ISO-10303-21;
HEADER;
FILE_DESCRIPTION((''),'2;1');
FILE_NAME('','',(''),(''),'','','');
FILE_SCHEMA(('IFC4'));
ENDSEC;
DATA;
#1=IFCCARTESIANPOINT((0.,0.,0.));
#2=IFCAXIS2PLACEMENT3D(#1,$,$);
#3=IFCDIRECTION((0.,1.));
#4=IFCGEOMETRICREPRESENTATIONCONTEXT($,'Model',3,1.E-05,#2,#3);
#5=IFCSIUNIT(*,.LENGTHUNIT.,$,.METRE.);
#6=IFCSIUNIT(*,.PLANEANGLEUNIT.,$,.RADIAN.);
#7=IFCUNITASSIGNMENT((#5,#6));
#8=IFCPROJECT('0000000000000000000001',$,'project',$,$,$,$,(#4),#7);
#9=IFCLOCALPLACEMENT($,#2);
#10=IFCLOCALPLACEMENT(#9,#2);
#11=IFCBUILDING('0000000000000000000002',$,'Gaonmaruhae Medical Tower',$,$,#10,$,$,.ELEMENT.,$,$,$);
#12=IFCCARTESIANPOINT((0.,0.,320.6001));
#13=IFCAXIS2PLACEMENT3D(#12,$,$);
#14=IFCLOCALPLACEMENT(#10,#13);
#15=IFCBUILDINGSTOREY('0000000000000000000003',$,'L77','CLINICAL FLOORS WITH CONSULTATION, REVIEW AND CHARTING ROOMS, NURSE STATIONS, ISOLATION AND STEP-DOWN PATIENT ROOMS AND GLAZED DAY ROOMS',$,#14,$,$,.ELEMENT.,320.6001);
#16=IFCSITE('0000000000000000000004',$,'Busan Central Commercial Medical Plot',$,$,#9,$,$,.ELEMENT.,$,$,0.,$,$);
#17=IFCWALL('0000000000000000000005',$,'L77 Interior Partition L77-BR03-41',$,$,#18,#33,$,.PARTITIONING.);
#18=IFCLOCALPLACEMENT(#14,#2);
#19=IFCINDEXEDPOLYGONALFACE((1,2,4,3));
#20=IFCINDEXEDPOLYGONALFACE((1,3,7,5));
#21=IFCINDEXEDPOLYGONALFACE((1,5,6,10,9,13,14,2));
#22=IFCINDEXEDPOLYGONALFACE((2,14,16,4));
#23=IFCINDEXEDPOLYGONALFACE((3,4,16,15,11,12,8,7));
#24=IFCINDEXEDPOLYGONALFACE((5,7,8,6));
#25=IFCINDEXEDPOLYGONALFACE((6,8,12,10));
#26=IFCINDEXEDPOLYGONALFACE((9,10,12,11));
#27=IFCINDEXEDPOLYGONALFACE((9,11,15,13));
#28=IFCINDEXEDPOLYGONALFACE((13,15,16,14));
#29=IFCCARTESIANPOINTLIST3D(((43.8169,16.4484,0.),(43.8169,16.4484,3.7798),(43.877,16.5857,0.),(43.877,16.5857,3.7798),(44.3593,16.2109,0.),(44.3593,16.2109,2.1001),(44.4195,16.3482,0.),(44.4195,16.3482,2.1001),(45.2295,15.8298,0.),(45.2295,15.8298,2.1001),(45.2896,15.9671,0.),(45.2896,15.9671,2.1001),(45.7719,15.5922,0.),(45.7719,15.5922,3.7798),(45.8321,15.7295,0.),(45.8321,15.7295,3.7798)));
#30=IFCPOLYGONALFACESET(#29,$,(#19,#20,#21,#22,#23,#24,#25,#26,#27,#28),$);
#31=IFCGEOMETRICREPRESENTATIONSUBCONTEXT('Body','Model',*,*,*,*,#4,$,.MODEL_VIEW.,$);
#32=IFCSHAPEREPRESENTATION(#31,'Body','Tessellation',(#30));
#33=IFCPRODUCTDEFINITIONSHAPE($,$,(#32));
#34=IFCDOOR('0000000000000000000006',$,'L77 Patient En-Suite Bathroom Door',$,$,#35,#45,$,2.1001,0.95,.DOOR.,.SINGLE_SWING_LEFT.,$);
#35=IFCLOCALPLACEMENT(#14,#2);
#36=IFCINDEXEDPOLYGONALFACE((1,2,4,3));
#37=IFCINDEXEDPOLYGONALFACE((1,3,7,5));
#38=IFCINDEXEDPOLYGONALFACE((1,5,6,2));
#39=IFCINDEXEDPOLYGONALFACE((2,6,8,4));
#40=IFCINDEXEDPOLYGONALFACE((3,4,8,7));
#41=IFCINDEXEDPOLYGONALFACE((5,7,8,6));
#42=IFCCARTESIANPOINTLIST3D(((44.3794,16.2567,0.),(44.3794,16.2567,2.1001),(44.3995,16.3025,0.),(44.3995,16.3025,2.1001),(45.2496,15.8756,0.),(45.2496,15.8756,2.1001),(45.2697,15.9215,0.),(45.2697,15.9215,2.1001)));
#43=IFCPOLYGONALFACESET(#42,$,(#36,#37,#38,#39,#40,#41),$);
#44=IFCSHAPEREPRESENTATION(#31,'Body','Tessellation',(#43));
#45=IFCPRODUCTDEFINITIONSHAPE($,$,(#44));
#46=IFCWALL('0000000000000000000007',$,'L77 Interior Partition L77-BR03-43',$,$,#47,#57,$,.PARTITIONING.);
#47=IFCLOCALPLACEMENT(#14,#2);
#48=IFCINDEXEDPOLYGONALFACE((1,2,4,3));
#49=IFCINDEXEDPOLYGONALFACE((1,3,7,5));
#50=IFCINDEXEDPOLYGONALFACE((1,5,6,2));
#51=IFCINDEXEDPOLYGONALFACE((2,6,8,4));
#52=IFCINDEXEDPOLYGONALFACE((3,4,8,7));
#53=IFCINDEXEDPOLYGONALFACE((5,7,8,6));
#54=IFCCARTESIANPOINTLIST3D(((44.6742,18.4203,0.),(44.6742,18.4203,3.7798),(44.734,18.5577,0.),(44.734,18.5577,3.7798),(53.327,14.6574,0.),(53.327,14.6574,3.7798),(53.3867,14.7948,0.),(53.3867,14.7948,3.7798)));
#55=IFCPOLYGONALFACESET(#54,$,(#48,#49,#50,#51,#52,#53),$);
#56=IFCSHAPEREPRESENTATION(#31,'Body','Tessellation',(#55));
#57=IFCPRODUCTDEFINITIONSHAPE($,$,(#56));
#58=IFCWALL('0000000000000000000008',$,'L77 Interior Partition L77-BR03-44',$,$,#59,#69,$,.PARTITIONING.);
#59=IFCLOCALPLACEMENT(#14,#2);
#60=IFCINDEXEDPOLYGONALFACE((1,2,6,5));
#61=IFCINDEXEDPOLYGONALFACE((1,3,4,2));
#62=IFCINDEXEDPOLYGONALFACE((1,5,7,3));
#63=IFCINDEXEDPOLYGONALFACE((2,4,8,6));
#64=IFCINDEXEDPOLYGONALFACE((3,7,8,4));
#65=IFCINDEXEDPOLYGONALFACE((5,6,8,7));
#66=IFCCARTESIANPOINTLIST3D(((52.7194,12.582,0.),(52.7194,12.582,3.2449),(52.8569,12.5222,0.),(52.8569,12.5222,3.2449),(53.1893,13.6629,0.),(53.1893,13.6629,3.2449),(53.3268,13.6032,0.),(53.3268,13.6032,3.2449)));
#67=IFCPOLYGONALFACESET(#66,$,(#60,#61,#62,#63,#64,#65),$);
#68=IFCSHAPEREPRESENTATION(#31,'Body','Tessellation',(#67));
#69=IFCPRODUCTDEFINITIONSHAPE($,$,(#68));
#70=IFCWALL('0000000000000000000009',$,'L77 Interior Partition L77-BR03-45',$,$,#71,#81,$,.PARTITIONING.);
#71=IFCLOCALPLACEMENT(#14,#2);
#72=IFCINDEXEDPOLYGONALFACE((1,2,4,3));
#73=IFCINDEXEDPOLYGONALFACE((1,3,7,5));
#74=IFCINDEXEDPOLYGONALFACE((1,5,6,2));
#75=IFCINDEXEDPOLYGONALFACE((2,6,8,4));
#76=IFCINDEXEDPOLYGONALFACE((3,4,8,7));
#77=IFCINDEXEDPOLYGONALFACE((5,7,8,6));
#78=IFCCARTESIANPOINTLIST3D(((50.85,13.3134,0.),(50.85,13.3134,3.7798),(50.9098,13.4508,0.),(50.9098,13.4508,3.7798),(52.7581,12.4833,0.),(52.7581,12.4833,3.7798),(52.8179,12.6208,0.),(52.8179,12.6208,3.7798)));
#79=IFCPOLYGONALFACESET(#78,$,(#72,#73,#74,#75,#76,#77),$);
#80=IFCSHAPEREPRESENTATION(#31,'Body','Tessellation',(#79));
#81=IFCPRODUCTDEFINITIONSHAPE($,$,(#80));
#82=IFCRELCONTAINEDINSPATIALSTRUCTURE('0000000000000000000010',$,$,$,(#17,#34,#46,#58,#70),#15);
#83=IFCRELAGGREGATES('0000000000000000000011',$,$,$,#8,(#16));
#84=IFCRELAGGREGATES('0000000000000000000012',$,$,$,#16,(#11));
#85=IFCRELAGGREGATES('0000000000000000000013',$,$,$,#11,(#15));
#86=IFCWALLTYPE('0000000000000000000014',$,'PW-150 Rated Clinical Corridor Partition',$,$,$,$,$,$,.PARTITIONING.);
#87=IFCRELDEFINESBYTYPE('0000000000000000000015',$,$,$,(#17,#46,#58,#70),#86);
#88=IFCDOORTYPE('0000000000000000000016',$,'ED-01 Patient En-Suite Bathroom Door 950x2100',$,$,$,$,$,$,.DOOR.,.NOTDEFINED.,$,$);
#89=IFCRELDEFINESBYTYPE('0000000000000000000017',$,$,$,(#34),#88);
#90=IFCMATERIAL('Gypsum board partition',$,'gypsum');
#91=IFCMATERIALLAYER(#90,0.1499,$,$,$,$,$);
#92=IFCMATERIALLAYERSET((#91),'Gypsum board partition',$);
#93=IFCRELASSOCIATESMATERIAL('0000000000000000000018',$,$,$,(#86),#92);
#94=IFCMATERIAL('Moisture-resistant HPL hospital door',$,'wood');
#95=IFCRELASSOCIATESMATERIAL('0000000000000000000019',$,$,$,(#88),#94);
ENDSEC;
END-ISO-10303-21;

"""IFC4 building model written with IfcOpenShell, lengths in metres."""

from ifc_helpers import new_model, si_unit, direction, frame, frame_2d, origin, place, context, subcontext, project, spatial, rectangle, extrude, material, layer, layer_set, type_object, element, fill, save


model = new_model("IFC4")

# Units and contexts
model_context = context("Model", 3, precision=1e-05, world=origin(), true_north=direction((0.0, 1.0)))
body_context = subcontext(model_context, "Body", "Model", "MODEL_VIEW")
ifc_project = project(units=[si_unit("LENGTHUNIT", "METRE"), si_unit("PLANEANGLEUNIT", "RADIAN")], contexts=[model_context])

# Site, building, storey
site_placement = place(None, origin())
site = spatial("IfcSite", under=ifc_project, at=site_placement, Name="Busan Central Commercial Medical Plot", CompositionType="ELEMENT", RefElevation=0.0)
building_placement = place(site_placement, origin())
building = spatial("IfcBuilding", under=site, at=building_placement, Name="Gaonmaruhae Medical Tower", CompositionType="ELEMENT")
storey_placement = place(building_placement, frame((0.0, 0.0, 320.6001)))
storey = spatial("IfcBuildingStorey", under=building, at=storey_placement, Name="L77", Description="CLINICAL FLOORS WITH CONSULTATION, REVIEW AND CHARTING ROOMS, NURSE STATIONS, ISOLATION AND STEP-DOWN PATIENT ROOMS AND GLAZED DAY ROOMS", CompositionType="ELEMENT", Elevation=320.6001)

# Shared definitions
ifc_material_1 = material(Name="Gypsum board partition", Category="gypsum")
ifc_layer_1 = layer(ifc_material_1, 0.1499)
ifc_layer_set_1 = layer_set([ifc_layer_1], Name="Gypsum board partition")
wall_type_1 = type_object("IfcWallType", Name="PW-150 Rated Clinical Corridor Partition", PredefinedType="PARTITIONING", material=ifc_layer_set_1)

# Wall, opening, door
wall_1_placement = place(storey_placement, frame((45.802, 15.6609, 0.0), z_axis=(0.0, 0.0, 1.0), x_axis=(-0.91601, 0.401155, 0.0)))
wall_1 = element("IfcWall", 1, at=wall_1_placement, inside=storey, type_object=wall_type_1, Name="L77 Interior Partition L77-BR03-41", PredefinedType="PARTITIONING", context=body_context, shape_type="SweptSolid", body=[
    extrude(rectangle(XDim=2.1343, YDim=0.1499, at=frame_2d((1.0671, 0.0))), origin(), (0.0, 0.0, 1.0), 3.7798),
])
opening_1_placement = place(wall_1_placement, frame((0.592, 0.0, 0.0)))
opening_1 = element("IfcOpeningElement", 2, at=opening_1_placement, cuts=wall_1, PredefinedType="OPENING", context=body_context, shape_type="SweptSolid", body=[
    extrude(rectangle(XDim=0.95, YDim=2.1001, at=frame_2d((0.4751, 1.05))), frame((0.0, 0.085, 0.0), z_axis=(0.0, -1.0, 0.0), x_axis=(1.0, 0.0, 0.0)), (0.0, 0.0, 1.0), 0.1699),
])
ifc_material_2 = material(Name="Moisture-resistant HPL hospital door", Category="wood")
door_type_1 = type_object("IfcDoorType", Name="ED-01 Patient En-Suite Bathroom Door 950x2100", OperationType="NOTDEFINED", PredefinedType="DOOR", material=ifc_material_2)
door_1_placement = place(opening_1_placement, origin())
door_1 = element("IfcDoor", 3, at=door_1_placement, inside=storey, type_object=door_type_1, Name="L77 Patient En-Suite Bathroom Door", OperationType="SINGLE_SWING_LEFT", OverallHeight=2.1001, OverallWidth=0.95, PredefinedType="DOOR", context=body_context, shape_type="SweptSolid", body=[
    extrude(rectangle(XDim=0.95, YDim=2.1001, at=frame_2d((0.4751, 1.05))), frame((0.0, 0.0249, 0.0), z_axis=(0.0, -1.0, 0.0), x_axis=(1.0, 0.0, 0.0)), (0.0, 0.0, 1.0), 0.05),
])
fill(opening_1, door_1)

# Walls
wall_2_placement = place(storey_placement, frame((44.7041, 18.489, 0.0), z_axis=(0.0, 0.0, 1.0), x_axis=(0.917038, -0.398801, 0.0)))
element("IfcWall", 4, at=wall_2_placement, inside=storey, type_object=wall_type_1, Name="L77 Interior Partition L77-BR03-43", PredefinedType="PARTITIONING", context=body_context, shape_type="SweptSolid", body=[
    extrude(rectangle(XDim=9.4355, YDim=0.1499, at=frame_2d((4.7178, 0.0))), origin(), (0.0, 0.0, 1.0), 3.7798),
])
wall_3_placement = place(storey_placement, frame((53.2581, 13.6331, 0.0), z_axis=(0.0, 0.0, 1.0), x_axis=(-0.398688, -0.917087, 0.0)))
element("IfcWall", 5, at=wall_3_placement, inside=storey, type_object=wall_type_1, Name="L77 Interior Partition L77-BR03-44", PredefinedType="PARTITIONING", context=body_context, shape_type="SweptSolid", body=[
    extrude(rectangle(XDim=1.1787, YDim=0.1499, at=frame_2d((0.5894, 0.0))), origin(), (0.0, 0.0, 1.0), 3.2449),
])
wall_4_placement = place(storey_placement, frame((52.7881, 12.552, 0.0), z_axis=(0.0, 0.0, 1.0), x_axis=(-0.916995, 0.398898, 0.0)))
element("IfcWall", 6, at=wall_4_placement, inside=storey, type_object=wall_type_1, Name="L77 Interior Partition L77-BR03-45", PredefinedType="PARTITIONING", context=body_context, shape_type="SweptSolid", body=[
    extrude(rectangle(XDim=2.0808, YDim=0.1499, at=frame_2d((1.0405, 0.0))), origin(), (0.0, 0.0, 1.0), 3.7798),
])

save(model, "model.ifc")
